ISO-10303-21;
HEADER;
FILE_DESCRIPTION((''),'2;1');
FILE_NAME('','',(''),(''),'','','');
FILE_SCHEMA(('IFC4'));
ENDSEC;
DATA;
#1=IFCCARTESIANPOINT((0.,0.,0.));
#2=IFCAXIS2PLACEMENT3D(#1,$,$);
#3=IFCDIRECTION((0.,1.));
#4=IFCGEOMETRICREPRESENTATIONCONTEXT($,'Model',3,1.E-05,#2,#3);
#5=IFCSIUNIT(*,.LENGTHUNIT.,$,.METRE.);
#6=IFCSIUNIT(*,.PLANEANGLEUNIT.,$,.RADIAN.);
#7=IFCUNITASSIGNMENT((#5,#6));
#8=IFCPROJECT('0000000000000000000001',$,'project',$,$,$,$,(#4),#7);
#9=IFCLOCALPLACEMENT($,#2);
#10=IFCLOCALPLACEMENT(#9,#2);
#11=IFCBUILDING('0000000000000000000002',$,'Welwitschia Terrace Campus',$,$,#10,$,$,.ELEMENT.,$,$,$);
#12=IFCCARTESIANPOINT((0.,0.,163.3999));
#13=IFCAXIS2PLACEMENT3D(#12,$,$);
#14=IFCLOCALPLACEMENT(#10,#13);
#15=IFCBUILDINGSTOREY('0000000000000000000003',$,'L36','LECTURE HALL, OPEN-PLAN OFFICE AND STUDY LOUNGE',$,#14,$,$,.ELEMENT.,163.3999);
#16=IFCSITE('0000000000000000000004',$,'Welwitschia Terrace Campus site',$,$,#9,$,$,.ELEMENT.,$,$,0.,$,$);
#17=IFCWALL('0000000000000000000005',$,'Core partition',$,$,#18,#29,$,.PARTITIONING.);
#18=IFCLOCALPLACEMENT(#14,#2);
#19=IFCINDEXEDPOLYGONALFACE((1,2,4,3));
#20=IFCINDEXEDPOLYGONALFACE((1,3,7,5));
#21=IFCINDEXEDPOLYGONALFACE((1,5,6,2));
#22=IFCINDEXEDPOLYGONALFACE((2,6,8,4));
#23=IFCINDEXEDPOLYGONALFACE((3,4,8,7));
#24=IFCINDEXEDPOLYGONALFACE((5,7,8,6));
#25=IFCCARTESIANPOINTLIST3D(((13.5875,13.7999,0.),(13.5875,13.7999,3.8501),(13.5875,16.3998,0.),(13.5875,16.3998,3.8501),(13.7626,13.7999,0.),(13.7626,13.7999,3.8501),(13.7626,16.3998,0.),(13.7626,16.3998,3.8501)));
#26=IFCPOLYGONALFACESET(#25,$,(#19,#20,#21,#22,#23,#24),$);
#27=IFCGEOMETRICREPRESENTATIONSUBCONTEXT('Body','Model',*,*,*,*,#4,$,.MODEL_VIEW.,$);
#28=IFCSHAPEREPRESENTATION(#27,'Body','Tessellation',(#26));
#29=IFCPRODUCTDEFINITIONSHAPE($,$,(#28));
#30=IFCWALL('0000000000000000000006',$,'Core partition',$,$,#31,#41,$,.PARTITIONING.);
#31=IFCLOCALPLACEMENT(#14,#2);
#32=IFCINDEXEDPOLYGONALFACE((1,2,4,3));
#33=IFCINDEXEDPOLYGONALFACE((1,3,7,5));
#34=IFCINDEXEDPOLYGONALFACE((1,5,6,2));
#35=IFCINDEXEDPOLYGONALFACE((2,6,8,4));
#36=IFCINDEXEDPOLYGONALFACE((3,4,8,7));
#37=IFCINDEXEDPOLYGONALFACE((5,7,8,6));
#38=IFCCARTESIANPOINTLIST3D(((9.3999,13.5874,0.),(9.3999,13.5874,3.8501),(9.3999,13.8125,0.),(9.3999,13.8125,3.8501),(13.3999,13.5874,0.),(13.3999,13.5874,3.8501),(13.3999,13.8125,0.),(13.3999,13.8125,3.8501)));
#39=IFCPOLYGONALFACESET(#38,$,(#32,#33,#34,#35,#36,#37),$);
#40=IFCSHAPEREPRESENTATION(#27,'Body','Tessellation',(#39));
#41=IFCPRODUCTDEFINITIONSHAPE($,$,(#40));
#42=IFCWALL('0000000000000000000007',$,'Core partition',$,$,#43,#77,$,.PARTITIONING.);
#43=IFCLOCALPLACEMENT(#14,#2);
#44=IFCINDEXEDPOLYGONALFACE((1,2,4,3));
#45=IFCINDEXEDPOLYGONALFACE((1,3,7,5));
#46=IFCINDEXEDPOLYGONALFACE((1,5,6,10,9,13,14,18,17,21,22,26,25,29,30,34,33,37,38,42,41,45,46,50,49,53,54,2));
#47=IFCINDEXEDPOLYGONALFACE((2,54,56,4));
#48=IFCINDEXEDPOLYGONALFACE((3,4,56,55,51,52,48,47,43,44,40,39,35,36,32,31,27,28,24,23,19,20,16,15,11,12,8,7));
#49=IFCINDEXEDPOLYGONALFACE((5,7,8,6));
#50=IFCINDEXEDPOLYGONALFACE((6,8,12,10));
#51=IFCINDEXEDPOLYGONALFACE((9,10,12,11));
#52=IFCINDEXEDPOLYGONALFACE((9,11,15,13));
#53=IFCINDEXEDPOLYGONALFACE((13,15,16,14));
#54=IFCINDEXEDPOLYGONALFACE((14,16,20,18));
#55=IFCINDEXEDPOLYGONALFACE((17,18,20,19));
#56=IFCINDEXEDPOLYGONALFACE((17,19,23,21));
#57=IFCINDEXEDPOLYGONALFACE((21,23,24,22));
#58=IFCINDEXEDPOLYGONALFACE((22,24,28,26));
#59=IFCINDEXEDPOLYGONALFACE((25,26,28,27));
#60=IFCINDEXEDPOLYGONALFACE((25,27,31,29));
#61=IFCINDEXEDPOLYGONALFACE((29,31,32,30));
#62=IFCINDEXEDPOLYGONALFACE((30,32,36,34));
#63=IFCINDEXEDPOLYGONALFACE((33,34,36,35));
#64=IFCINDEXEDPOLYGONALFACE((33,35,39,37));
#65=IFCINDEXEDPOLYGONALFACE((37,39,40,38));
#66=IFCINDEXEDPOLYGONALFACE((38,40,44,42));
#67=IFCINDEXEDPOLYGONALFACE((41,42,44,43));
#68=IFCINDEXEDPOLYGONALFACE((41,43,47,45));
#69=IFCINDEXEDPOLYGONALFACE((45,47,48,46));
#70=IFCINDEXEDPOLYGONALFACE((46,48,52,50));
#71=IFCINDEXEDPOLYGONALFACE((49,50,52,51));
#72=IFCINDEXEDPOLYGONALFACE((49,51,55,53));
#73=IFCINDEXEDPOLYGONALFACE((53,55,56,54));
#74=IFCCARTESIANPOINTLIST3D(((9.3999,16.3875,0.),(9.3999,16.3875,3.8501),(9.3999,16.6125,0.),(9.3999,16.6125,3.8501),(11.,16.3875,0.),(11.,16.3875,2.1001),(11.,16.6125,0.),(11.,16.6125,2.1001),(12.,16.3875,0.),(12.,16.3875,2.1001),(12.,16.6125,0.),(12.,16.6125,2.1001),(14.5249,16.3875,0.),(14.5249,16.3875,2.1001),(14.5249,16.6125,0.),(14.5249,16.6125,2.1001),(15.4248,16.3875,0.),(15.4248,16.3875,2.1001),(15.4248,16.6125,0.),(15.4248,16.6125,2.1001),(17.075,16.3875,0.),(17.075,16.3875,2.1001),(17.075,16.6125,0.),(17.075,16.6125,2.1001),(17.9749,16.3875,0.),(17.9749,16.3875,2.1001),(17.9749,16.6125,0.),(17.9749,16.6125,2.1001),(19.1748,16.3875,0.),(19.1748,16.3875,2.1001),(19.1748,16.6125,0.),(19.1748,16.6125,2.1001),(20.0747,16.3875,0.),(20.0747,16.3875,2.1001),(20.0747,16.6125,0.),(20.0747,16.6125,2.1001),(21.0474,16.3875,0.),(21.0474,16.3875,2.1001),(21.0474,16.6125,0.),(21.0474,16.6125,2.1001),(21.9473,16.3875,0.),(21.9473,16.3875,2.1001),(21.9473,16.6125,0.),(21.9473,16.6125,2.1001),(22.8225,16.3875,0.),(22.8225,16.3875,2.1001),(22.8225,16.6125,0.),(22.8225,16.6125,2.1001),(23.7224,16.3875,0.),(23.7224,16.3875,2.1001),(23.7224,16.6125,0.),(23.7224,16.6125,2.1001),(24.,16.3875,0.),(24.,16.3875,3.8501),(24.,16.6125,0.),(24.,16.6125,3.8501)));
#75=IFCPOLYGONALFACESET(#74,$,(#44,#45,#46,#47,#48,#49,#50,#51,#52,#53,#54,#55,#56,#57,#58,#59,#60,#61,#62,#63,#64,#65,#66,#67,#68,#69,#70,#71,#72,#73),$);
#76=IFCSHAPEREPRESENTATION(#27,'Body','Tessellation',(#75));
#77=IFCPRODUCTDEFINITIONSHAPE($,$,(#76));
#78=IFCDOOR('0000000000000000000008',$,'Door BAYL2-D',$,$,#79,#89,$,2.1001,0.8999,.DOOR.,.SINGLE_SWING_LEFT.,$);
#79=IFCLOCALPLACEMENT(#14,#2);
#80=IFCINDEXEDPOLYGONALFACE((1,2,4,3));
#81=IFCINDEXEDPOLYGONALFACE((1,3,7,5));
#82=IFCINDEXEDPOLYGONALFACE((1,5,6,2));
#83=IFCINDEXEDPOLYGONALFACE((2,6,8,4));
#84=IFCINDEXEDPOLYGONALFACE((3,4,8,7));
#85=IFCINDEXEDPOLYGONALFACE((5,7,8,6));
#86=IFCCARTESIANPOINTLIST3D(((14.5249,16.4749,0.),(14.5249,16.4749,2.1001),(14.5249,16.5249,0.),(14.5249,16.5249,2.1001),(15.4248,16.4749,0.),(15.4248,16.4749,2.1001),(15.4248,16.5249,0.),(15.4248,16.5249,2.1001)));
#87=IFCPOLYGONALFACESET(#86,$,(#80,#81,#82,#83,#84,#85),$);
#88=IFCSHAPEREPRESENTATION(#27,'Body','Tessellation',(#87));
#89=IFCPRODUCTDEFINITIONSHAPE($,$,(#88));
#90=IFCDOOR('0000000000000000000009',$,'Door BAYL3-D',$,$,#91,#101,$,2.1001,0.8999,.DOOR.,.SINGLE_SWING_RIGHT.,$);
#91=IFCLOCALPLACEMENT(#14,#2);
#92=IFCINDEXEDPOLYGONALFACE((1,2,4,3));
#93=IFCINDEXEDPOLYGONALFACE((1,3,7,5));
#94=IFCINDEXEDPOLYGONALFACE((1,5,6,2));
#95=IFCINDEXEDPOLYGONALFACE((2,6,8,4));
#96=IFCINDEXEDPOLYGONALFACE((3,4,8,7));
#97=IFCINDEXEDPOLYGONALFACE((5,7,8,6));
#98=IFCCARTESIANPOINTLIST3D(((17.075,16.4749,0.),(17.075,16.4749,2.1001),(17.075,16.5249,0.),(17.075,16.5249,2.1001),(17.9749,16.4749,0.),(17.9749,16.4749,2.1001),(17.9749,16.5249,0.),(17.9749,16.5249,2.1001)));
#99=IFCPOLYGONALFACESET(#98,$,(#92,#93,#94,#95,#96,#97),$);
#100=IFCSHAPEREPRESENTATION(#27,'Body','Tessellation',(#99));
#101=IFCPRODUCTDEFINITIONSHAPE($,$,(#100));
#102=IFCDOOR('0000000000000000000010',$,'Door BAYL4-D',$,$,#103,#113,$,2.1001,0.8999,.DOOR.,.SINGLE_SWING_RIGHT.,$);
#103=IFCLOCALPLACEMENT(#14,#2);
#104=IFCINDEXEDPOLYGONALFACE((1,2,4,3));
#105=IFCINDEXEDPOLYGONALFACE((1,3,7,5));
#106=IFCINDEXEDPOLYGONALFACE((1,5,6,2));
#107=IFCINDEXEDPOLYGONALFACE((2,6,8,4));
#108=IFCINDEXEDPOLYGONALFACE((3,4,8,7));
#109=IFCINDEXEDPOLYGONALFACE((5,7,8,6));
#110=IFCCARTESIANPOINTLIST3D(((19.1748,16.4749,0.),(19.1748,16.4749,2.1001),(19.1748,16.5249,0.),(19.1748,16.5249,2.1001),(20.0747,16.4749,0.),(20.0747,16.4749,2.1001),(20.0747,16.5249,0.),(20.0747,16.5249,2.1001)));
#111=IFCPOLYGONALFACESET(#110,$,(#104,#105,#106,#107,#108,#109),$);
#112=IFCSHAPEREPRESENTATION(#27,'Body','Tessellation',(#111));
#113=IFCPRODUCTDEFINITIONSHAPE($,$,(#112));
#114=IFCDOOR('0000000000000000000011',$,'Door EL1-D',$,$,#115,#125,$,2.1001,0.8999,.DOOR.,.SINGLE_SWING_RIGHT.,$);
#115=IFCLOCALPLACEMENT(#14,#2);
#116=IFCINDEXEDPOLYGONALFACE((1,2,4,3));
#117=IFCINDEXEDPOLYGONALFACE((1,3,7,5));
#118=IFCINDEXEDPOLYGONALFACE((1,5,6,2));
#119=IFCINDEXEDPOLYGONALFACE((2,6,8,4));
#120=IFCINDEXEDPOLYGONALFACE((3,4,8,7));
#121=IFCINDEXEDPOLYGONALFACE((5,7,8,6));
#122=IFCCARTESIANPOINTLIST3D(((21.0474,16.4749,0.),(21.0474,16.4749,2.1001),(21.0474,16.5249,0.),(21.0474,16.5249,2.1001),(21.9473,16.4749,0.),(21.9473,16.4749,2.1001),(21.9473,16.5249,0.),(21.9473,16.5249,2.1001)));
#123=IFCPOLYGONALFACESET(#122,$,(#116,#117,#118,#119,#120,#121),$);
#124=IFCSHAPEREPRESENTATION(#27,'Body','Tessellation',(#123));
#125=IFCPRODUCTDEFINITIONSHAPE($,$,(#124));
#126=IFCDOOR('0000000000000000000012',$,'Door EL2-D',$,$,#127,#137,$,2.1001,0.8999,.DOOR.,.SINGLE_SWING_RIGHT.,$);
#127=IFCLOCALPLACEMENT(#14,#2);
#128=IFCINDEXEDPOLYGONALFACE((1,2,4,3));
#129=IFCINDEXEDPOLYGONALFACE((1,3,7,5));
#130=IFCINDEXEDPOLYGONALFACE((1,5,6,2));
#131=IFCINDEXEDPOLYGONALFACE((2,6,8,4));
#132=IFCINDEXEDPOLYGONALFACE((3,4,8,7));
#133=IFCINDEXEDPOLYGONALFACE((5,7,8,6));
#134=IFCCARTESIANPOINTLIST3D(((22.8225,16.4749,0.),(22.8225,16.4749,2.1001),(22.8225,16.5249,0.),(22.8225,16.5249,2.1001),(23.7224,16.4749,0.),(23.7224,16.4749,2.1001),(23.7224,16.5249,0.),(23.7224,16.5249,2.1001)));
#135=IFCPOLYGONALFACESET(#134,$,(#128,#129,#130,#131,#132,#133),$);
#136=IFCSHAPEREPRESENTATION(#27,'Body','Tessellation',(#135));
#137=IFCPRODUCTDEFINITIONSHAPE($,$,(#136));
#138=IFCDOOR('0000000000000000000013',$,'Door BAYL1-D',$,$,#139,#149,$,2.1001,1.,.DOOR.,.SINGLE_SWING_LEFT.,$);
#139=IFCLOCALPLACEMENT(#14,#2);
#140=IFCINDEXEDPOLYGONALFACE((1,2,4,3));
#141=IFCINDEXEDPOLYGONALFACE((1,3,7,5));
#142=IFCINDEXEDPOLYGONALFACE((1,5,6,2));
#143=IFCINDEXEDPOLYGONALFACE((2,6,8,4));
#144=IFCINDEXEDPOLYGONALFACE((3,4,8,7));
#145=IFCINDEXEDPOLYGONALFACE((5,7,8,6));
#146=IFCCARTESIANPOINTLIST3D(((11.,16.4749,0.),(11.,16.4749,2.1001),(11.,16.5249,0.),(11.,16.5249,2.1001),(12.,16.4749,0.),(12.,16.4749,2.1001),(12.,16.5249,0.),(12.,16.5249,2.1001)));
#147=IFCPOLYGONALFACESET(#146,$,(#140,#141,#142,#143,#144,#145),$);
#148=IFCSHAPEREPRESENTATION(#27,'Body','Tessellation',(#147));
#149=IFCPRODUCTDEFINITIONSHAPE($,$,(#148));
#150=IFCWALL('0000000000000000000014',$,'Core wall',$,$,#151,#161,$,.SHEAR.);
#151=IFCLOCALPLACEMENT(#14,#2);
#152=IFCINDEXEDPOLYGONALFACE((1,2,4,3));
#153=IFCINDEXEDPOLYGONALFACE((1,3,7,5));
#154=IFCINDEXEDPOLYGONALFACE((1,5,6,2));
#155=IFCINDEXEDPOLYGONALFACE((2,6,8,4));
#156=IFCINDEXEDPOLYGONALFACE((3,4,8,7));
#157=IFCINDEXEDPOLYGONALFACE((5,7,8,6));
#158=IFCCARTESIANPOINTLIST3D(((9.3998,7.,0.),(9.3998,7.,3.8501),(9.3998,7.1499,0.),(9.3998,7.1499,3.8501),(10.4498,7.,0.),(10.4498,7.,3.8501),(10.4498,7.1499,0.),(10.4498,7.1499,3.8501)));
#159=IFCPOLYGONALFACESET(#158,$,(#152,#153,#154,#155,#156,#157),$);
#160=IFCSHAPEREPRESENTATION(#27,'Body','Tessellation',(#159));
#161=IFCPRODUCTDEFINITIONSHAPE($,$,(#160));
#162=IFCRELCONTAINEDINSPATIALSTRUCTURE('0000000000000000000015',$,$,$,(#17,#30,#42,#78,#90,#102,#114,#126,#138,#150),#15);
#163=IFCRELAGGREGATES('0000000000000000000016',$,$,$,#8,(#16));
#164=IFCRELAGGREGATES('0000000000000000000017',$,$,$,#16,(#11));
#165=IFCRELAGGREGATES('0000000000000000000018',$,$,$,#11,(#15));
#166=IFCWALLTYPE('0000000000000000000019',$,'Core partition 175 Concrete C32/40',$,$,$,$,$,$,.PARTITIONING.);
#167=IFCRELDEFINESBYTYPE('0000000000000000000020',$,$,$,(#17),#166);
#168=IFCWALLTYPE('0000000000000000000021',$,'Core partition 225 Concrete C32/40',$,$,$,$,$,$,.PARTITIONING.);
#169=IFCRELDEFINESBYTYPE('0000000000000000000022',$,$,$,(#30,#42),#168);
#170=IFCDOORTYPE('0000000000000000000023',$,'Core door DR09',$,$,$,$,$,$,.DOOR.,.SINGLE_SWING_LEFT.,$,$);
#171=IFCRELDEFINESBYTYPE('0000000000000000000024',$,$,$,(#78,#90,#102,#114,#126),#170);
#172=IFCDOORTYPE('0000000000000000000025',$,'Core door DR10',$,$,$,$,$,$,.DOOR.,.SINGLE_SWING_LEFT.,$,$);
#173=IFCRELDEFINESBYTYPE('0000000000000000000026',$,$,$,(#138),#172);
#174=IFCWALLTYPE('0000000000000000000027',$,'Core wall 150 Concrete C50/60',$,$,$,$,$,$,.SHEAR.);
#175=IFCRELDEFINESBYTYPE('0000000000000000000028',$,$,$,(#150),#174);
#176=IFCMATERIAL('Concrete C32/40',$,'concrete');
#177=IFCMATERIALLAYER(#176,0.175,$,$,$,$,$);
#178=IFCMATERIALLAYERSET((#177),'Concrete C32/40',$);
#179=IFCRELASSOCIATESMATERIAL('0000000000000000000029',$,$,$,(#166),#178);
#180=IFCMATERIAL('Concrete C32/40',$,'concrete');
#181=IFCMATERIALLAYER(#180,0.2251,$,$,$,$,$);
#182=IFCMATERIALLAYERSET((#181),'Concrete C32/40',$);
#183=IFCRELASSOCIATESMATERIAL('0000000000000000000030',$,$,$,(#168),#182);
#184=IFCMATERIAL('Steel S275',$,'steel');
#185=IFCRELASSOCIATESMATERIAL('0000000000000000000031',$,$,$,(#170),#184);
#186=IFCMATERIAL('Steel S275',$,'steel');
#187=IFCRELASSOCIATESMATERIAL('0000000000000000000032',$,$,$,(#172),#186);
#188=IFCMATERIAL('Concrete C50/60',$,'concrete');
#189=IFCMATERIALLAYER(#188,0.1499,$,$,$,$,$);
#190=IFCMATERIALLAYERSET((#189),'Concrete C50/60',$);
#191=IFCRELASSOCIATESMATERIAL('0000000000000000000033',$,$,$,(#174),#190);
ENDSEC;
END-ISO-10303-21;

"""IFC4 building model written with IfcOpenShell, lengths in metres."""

from ifc_helpers import new_model, si_unit, direction, frame, frame_2d, origin, place, context, subcontext, project, spatial, rectangle, extrude, material, layer, layer_set, type_object, element, fill, save


model = new_model("IFC4")

# Units and contexts
model_context = context("Model", 3, precision=1e-05, world=origin(), true_north=direction((0.0, 1.0)))
body_context = subcontext(model_context, "Body", "Model", "MODEL_VIEW")
ifc_project = project(units=[si_unit("LENGTHUNIT", "METRE"), si_unit("PLANEANGLEUNIT", "RADIAN")], contexts=[model_context])

# Site, building, storey
site_placement = place(None, origin())
site = spatial("IfcSite", under=ifc_project, at=site_placement, Name="Welwitschia Terrace Campus site", CompositionType="ELEMENT", RefElevation=0.0)
building_placement = place(site_placement, origin())
building = spatial("IfcBuilding", under=site, at=building_placement, Name="Welwitschia Terrace Campus", CompositionType="ELEMENT")
storey_placement = place(building_placement, frame((0.0, 0.0, 163.3999)))
storey = spatial("IfcBuildingStorey", under=building, at=storey_placement, Name="L36", Description="LECTURE HALL, OPEN-PLAN OFFICE AND STUDY LOUNGE", CompositionType="ELEMENT", Elevation=163.3999)

# Walls
ifc_material_1 = material(Name="Concrete C32/40", Category="concrete")
ifc_layer_1 = layer(ifc_material_1, 0.175)
ifc_layer_set_1 = layer_set([ifc_layer_1], Name="Concrete C32/40")
wall_type_1 = type_object("IfcWallType", Name="Core partition 175 Concrete C32/40", PredefinedType="PARTITIONING", material=ifc_layer_set_1)
wall_1_placement = place(storey_placement, frame((13.675, 13.8, 0.0), z_axis=(0.0, 0.0, 1.0), x_axis=(0.0, 1.0, 0.0)))
element("IfcWall", 1, at=wall_1_placement, inside=storey, type_object=wall_type_1, Name="Core partition", PredefinedType="PARTITIONING", context=body_context, shape_type="SweptSolid", body=[
    extrude(rectangle(XDim=2.5999, YDim=0.175, at=frame_2d((1.2998, 0.0))), origin(), (0.0, 0.0, 1.0), 3.8501),
])
ifc_material_2 = material(Name="Concrete C32/40", Category="concrete")
ifc_layer_2 = layer(ifc_material_2, 0.2251)
ifc_layer_set_2 = layer_set([ifc_layer_2], Name="Concrete C32/40")
wall_type_2 = type_object("IfcWallType", Name="Core partition 225 Concrete C32/40", PredefinedType="PARTITIONING", material=ifc_layer_set_2)
wall_2_placement = place(storey_placement, frame((9.3999, 13.7, 0.0), z_axis=(0.0, 0.0, 1.0), x_axis=(1.0, 0.0, 0.0)))
element("IfcWall", 2, at=wall_2_placement, inside=storey, type_object=wall_type_2, Name="Core partition", PredefinedType="PARTITIONING", context=body_context, shape_type="SweptSolid", body=[
    extrude(rectangle(XDim=4.0, YDim=0.2251, at=frame_2d((2.0, 0.0))), origin(), (0.0, 0.0, 1.0), 3.8501),
])

# Wall, openings, doors
wall_3_placement = place(storey_placement, frame((9.3999, 16.5, 0.0), z_axis=(0.0, 0.0, 1.0), x_axis=(1.0, 0.0, 0.0)))
wall_3 = element("IfcWall", 3, at=wall_3_placement, inside=storey, type_object=wall_type_2, Name="Core partition", PredefinedType="PARTITIONING", context=body_context, shape_type="SweptSolid", body=[
    extrude(rectangle(XDim=14.6001, YDim=0.2251, at=frame_2d((7.3, 0.0))), origin(), (0.0, 0.0, 1.0), 3.8501),
])
opening_1_placement = place(wall_3_placement, frame((1.6001, 0.0, 0.0)))
opening_1 = element("IfcOpeningElement", 4, at=opening_1_placement, cuts=wall_3, PredefinedType="OPENING", context=body_context, shape_type="SweptSolid", body=[
    extrude(rectangle(XDim=1.0, YDim=2.1001, at=frame_2d((0.5, 1.05))), frame((0.0, 0.1226, 0.0), z_axis=(0.0, -1.0, 0.0), x_axis=(1.0, 0.0, 0.0)), (0.0, 0.0, 1.0), 0.2451),
])
opening_2_placement = place(wall_3_placement, frame((5.125, 0.0, 0.0)))
opening_2 = element("IfcOpeningElement", 5, at=opening_2_placement, cuts=wall_3, PredefinedType="OPENING", context=body_context, shape_type="SweptSolid", body=[
    extrude(rectangle(XDim=0.8999, YDim=2.1001, at=frame_2d((0.45, 1.05))), frame((0.0, 0.1226, 0.0), z_axis=(0.0, -1.0, 0.0), x_axis=(1.0, 0.0, 0.0)), (0.0, 0.0, 1.0), 0.2451),
])
opening_3_placement = place(wall_3_placement, frame((7.675, 0.0, 0.0)))
opening_3 = element("IfcOpeningElement", 6, at=opening_3_placement, cuts=wall_3, PredefinedType="OPENING", context=body_context, shape_type="SweptSolid", body=[
    extrude(rectangle(XDim=0.8999, YDim=2.1001, at=frame_2d((0.45, 1.05))), frame((0.0, 0.1226, 0.0), z_axis=(0.0, -1.0, 0.0), x_axis=(1.0, 0.0, 0.0)), (0.0, 0.0, 1.0), 0.2451),
])
opening_4_placement = place(wall_3_placement, frame((9.7749, 0.0, 0.0)))
opening_4 = element("IfcOpeningElement", 7, at=opening_4_placement, cuts=wall_3, PredefinedType="OPENING", context=body_context, shape_type="SweptSolid", body=[
    extrude(rectangle(XDim=0.8999, YDim=2.1001, at=frame_2d((0.45, 1.05))), frame((0.0, 0.1226, 0.0), z_axis=(0.0, -1.0, 0.0), x_axis=(1.0, 0.0, 0.0)), (0.0, 0.0, 1.0), 0.2451),
])
opening_5_placement = place(wall_3_placement, frame((11.6475, 0.0, 0.0)))
opening_5 = element("IfcOpeningElement", 8, at=opening_5_placement, cuts=wall_3, PredefinedType="OPENING", context=body_context, shape_type="SweptSolid", body=[
    extrude(rectangle(XDim=0.8999, YDim=2.1001, at=frame_2d((0.45, 1.05))), frame((0.0, 0.1226, 0.0), z_axis=(0.0, -1.0, 0.0), x_axis=(1.0, 0.0, 0.0)), (0.0, 0.0, 1.0), 0.2451),
])
opening_6_placement = place(wall_3_placement, frame((13.4226, 0.0, 0.0)))
opening_6 = element("IfcOpeningElement", 9, at=opening_6_placement, cuts=wall_3, PredefinedType="OPENING", context=body_context, shape_type="SweptSolid", body=[
    extrude(rectangle(XDim=0.8999, YDim=2.1001, at=frame_2d((0.45, 1.05))), frame((0.0, 0.1226, 0.0), z_axis=(0.0, -1.0, 0.0), x_axis=(1.0, 0.0, 0.0)), (0.0, 0.0, 1.0), 0.2451),
])
ifc_material_3 = material(Name="Steel S275", Category="steel")
door_type_1 = type_object("IfcDoorType", Name="Core door DR09", OperationType="SINGLE_SWING_LEFT", PredefinedType="DOOR", material=ifc_material_3)
door_1_placement = place(opening_2_placement, origin())
door_1 = element("IfcDoor", 10, at=door_1_placement, inside=storey, type_object=door_type_1, Name="Door BAYL2-D", OperationType="SINGLE_SWING_LEFT", OverallHeight=2.1001, OverallWidth=0.8999, PredefinedType="DOOR", context=body_context, shape_type="SweptSolid", body=[
    extrude(rectangle(XDim=0.8999, YDim=2.1001, at=frame_2d((0.45, 1.05))), frame((0.0, 0.0249, 0.0), z_axis=(0.0, -1.0, 0.0), x_axis=(1.0, 0.0, 0.0)), (0.0, 0.0, 1.0), 0.05),
])
fill(opening_2, door_1)
door_2_placement = place(opening_3_placement, origin())
door_2 = element("IfcDoor", 11, at=door_2_placement, inside=storey, type_object=door_type_1, Name="Door BAYL3-D", OperationType="SINGLE_SWING_RIGHT", OverallHeight=2.1001, OverallWidth=0.8999, PredefinedType="DOOR", context=body_context, shape_type="SweptSolid", body=[
    extrude(rectangle(XDim=0.8999, YDim=2.1001, at=frame_2d((0.45, 1.05))), frame((0.0, 0.0249, 0.0), z_axis=(0.0, -1.0, 0.0), x_axis=(1.0, 0.0, 0.0)), (0.0, 0.0, 1.0), 0.05),
])
fill(opening_3, door_2)
door_3_placement = place(opening_4_placement, origin())
door_3 = element("IfcDoor", 12, at=door_3_placement, inside=storey, type_object=door_type_1, Name="Door BAYL4-D", OperationType="SINGLE_SWING_RIGHT", OverallHeight=2.1001, OverallWidth=0.8999, PredefinedType="DOOR", context=body_context, shape_type="SweptSolid", body=[
    extrude(rectangle(XDim=0.8999, YDim=2.1001, at=frame_2d((0.45, 1.05))), frame((0.0, 0.0249, 0.0), z_axis=(0.0, -1.0, 0.0), x_axis=(1.0, 0.0, 0.0)), (0.0, 0.0, 1.0), 0.05),
])
fill(opening_4, door_3)
door_4_placement = place(opening_5_placement, origin())
door_4 = element("IfcDoor", 13, at=door_4_placement, inside=storey, type_object=door_type_1, Name="Door EL1-D", OperationType="SINGLE_SWING_RIGHT", OverallHeight=2.1001, OverallWidth=0.8999, PredefinedType="DOOR", context=body_context, shape_type="SweptSolid", body=[
    extrude(rectangle(XDim=0.8999, YDim=2.1001, at=frame_2d((0.45, 1.05))), frame((0.0, 0.0249, 0.0), z_axis=(0.0, -1.0, 0.0), x_axis=(1.0, 0.0, 0.0)), (0.0, 0.0, 1.0), 0.05),
])
fill(opening_5, door_4)
door_5_placement = place(opening_6_placement, origin())
door_5 = element("IfcDoor", 14, at=door_5_placement, inside=storey, type_object=door_type_1, Name="Door EL2-D", OperationType="SINGLE_SWING_RIGHT", OverallHeight=2.1001, OverallWidth=0.8999, PredefinedType="DOOR", context=body_context, shape_type="SweptSolid", body=[
    extrude(rectangle(XDim=0.8999, YDim=2.1001, at=frame_2d((0.45, 1.05))), frame((0.0, 0.0249, 0.0), z_axis=(0.0, -1.0, 0.0), x_axis=(1.0, 0.0, 0.0)), (0.0, 0.0, 1.0), 0.05),
])
fill(opening_6, door_5)
ifc_material_4 = material(Name="Steel S275", Category="steel")
door_type_2 = type_object("IfcDoorType", Name="Core door DR10", OperationType="SINGLE_SWING_LEFT", PredefinedType="DOOR", material=ifc_material_4)
door_6_placement = place(opening_1_placement, origin())
door_6 = element("IfcDoor", 15, at=door_6_placement, inside=storey, type_object=door_type_2, Name="Door BAYL1-D", OperationType="SINGLE_SWING_LEFT", OverallHeight=2.1001, OverallWidth=1.0, PredefinedType="DOOR", context=body_context, shape_type="SweptSolid", body=[
    extrude(rectangle(XDim=1.0, YDim=2.1001, at=frame_2d((0.5, 1.05))), frame((0.0, 0.0249, 0.0), z_axis=(0.0, -1.0, 0.0), x_axis=(1.0, 0.0, 0.0)), (0.0, 0.0, 1.0), 0.05),
])
fill(opening_1, door_6)

# Wall
ifc_material_5 = material(Name="Concrete C50/60", Category="concrete")
ifc_layer_3 = layer(ifc_material_5, 0.1499)
ifc_layer_set_3 = layer_set([ifc_layer_3], Name="Concrete C50/60")
wall_type_3 = type_object("IfcWallType", Name="Core wall 150 Concrete C50/60", PredefinedType="SHEAR", material=ifc_layer_set_3)
for number, where, z_axis, x_axis, name in (
    (16, (9.3999, 7.075, 0.0), (0.0, 0.0, 1.0), (1.0, 0.0, 0.0), "Core wall"),
):
    element("IfcWall", number, at=place(storey_placement, frame(where, z_axis=z_axis, x_axis=x_axis)), inside=storey, type_object=wall_type_3, Name=name, PredefinedType="SHEAR", context=body_context, shape_type="SweptSolid", body=[
        extrude(rectangle(XDim=1.05, YDim=0.1499, at=frame_2d((0.5249, 0.0))), origin(), (0.0, 0.0, 1.0), 3.8501),
    ])

save(model, "model.ifc")
